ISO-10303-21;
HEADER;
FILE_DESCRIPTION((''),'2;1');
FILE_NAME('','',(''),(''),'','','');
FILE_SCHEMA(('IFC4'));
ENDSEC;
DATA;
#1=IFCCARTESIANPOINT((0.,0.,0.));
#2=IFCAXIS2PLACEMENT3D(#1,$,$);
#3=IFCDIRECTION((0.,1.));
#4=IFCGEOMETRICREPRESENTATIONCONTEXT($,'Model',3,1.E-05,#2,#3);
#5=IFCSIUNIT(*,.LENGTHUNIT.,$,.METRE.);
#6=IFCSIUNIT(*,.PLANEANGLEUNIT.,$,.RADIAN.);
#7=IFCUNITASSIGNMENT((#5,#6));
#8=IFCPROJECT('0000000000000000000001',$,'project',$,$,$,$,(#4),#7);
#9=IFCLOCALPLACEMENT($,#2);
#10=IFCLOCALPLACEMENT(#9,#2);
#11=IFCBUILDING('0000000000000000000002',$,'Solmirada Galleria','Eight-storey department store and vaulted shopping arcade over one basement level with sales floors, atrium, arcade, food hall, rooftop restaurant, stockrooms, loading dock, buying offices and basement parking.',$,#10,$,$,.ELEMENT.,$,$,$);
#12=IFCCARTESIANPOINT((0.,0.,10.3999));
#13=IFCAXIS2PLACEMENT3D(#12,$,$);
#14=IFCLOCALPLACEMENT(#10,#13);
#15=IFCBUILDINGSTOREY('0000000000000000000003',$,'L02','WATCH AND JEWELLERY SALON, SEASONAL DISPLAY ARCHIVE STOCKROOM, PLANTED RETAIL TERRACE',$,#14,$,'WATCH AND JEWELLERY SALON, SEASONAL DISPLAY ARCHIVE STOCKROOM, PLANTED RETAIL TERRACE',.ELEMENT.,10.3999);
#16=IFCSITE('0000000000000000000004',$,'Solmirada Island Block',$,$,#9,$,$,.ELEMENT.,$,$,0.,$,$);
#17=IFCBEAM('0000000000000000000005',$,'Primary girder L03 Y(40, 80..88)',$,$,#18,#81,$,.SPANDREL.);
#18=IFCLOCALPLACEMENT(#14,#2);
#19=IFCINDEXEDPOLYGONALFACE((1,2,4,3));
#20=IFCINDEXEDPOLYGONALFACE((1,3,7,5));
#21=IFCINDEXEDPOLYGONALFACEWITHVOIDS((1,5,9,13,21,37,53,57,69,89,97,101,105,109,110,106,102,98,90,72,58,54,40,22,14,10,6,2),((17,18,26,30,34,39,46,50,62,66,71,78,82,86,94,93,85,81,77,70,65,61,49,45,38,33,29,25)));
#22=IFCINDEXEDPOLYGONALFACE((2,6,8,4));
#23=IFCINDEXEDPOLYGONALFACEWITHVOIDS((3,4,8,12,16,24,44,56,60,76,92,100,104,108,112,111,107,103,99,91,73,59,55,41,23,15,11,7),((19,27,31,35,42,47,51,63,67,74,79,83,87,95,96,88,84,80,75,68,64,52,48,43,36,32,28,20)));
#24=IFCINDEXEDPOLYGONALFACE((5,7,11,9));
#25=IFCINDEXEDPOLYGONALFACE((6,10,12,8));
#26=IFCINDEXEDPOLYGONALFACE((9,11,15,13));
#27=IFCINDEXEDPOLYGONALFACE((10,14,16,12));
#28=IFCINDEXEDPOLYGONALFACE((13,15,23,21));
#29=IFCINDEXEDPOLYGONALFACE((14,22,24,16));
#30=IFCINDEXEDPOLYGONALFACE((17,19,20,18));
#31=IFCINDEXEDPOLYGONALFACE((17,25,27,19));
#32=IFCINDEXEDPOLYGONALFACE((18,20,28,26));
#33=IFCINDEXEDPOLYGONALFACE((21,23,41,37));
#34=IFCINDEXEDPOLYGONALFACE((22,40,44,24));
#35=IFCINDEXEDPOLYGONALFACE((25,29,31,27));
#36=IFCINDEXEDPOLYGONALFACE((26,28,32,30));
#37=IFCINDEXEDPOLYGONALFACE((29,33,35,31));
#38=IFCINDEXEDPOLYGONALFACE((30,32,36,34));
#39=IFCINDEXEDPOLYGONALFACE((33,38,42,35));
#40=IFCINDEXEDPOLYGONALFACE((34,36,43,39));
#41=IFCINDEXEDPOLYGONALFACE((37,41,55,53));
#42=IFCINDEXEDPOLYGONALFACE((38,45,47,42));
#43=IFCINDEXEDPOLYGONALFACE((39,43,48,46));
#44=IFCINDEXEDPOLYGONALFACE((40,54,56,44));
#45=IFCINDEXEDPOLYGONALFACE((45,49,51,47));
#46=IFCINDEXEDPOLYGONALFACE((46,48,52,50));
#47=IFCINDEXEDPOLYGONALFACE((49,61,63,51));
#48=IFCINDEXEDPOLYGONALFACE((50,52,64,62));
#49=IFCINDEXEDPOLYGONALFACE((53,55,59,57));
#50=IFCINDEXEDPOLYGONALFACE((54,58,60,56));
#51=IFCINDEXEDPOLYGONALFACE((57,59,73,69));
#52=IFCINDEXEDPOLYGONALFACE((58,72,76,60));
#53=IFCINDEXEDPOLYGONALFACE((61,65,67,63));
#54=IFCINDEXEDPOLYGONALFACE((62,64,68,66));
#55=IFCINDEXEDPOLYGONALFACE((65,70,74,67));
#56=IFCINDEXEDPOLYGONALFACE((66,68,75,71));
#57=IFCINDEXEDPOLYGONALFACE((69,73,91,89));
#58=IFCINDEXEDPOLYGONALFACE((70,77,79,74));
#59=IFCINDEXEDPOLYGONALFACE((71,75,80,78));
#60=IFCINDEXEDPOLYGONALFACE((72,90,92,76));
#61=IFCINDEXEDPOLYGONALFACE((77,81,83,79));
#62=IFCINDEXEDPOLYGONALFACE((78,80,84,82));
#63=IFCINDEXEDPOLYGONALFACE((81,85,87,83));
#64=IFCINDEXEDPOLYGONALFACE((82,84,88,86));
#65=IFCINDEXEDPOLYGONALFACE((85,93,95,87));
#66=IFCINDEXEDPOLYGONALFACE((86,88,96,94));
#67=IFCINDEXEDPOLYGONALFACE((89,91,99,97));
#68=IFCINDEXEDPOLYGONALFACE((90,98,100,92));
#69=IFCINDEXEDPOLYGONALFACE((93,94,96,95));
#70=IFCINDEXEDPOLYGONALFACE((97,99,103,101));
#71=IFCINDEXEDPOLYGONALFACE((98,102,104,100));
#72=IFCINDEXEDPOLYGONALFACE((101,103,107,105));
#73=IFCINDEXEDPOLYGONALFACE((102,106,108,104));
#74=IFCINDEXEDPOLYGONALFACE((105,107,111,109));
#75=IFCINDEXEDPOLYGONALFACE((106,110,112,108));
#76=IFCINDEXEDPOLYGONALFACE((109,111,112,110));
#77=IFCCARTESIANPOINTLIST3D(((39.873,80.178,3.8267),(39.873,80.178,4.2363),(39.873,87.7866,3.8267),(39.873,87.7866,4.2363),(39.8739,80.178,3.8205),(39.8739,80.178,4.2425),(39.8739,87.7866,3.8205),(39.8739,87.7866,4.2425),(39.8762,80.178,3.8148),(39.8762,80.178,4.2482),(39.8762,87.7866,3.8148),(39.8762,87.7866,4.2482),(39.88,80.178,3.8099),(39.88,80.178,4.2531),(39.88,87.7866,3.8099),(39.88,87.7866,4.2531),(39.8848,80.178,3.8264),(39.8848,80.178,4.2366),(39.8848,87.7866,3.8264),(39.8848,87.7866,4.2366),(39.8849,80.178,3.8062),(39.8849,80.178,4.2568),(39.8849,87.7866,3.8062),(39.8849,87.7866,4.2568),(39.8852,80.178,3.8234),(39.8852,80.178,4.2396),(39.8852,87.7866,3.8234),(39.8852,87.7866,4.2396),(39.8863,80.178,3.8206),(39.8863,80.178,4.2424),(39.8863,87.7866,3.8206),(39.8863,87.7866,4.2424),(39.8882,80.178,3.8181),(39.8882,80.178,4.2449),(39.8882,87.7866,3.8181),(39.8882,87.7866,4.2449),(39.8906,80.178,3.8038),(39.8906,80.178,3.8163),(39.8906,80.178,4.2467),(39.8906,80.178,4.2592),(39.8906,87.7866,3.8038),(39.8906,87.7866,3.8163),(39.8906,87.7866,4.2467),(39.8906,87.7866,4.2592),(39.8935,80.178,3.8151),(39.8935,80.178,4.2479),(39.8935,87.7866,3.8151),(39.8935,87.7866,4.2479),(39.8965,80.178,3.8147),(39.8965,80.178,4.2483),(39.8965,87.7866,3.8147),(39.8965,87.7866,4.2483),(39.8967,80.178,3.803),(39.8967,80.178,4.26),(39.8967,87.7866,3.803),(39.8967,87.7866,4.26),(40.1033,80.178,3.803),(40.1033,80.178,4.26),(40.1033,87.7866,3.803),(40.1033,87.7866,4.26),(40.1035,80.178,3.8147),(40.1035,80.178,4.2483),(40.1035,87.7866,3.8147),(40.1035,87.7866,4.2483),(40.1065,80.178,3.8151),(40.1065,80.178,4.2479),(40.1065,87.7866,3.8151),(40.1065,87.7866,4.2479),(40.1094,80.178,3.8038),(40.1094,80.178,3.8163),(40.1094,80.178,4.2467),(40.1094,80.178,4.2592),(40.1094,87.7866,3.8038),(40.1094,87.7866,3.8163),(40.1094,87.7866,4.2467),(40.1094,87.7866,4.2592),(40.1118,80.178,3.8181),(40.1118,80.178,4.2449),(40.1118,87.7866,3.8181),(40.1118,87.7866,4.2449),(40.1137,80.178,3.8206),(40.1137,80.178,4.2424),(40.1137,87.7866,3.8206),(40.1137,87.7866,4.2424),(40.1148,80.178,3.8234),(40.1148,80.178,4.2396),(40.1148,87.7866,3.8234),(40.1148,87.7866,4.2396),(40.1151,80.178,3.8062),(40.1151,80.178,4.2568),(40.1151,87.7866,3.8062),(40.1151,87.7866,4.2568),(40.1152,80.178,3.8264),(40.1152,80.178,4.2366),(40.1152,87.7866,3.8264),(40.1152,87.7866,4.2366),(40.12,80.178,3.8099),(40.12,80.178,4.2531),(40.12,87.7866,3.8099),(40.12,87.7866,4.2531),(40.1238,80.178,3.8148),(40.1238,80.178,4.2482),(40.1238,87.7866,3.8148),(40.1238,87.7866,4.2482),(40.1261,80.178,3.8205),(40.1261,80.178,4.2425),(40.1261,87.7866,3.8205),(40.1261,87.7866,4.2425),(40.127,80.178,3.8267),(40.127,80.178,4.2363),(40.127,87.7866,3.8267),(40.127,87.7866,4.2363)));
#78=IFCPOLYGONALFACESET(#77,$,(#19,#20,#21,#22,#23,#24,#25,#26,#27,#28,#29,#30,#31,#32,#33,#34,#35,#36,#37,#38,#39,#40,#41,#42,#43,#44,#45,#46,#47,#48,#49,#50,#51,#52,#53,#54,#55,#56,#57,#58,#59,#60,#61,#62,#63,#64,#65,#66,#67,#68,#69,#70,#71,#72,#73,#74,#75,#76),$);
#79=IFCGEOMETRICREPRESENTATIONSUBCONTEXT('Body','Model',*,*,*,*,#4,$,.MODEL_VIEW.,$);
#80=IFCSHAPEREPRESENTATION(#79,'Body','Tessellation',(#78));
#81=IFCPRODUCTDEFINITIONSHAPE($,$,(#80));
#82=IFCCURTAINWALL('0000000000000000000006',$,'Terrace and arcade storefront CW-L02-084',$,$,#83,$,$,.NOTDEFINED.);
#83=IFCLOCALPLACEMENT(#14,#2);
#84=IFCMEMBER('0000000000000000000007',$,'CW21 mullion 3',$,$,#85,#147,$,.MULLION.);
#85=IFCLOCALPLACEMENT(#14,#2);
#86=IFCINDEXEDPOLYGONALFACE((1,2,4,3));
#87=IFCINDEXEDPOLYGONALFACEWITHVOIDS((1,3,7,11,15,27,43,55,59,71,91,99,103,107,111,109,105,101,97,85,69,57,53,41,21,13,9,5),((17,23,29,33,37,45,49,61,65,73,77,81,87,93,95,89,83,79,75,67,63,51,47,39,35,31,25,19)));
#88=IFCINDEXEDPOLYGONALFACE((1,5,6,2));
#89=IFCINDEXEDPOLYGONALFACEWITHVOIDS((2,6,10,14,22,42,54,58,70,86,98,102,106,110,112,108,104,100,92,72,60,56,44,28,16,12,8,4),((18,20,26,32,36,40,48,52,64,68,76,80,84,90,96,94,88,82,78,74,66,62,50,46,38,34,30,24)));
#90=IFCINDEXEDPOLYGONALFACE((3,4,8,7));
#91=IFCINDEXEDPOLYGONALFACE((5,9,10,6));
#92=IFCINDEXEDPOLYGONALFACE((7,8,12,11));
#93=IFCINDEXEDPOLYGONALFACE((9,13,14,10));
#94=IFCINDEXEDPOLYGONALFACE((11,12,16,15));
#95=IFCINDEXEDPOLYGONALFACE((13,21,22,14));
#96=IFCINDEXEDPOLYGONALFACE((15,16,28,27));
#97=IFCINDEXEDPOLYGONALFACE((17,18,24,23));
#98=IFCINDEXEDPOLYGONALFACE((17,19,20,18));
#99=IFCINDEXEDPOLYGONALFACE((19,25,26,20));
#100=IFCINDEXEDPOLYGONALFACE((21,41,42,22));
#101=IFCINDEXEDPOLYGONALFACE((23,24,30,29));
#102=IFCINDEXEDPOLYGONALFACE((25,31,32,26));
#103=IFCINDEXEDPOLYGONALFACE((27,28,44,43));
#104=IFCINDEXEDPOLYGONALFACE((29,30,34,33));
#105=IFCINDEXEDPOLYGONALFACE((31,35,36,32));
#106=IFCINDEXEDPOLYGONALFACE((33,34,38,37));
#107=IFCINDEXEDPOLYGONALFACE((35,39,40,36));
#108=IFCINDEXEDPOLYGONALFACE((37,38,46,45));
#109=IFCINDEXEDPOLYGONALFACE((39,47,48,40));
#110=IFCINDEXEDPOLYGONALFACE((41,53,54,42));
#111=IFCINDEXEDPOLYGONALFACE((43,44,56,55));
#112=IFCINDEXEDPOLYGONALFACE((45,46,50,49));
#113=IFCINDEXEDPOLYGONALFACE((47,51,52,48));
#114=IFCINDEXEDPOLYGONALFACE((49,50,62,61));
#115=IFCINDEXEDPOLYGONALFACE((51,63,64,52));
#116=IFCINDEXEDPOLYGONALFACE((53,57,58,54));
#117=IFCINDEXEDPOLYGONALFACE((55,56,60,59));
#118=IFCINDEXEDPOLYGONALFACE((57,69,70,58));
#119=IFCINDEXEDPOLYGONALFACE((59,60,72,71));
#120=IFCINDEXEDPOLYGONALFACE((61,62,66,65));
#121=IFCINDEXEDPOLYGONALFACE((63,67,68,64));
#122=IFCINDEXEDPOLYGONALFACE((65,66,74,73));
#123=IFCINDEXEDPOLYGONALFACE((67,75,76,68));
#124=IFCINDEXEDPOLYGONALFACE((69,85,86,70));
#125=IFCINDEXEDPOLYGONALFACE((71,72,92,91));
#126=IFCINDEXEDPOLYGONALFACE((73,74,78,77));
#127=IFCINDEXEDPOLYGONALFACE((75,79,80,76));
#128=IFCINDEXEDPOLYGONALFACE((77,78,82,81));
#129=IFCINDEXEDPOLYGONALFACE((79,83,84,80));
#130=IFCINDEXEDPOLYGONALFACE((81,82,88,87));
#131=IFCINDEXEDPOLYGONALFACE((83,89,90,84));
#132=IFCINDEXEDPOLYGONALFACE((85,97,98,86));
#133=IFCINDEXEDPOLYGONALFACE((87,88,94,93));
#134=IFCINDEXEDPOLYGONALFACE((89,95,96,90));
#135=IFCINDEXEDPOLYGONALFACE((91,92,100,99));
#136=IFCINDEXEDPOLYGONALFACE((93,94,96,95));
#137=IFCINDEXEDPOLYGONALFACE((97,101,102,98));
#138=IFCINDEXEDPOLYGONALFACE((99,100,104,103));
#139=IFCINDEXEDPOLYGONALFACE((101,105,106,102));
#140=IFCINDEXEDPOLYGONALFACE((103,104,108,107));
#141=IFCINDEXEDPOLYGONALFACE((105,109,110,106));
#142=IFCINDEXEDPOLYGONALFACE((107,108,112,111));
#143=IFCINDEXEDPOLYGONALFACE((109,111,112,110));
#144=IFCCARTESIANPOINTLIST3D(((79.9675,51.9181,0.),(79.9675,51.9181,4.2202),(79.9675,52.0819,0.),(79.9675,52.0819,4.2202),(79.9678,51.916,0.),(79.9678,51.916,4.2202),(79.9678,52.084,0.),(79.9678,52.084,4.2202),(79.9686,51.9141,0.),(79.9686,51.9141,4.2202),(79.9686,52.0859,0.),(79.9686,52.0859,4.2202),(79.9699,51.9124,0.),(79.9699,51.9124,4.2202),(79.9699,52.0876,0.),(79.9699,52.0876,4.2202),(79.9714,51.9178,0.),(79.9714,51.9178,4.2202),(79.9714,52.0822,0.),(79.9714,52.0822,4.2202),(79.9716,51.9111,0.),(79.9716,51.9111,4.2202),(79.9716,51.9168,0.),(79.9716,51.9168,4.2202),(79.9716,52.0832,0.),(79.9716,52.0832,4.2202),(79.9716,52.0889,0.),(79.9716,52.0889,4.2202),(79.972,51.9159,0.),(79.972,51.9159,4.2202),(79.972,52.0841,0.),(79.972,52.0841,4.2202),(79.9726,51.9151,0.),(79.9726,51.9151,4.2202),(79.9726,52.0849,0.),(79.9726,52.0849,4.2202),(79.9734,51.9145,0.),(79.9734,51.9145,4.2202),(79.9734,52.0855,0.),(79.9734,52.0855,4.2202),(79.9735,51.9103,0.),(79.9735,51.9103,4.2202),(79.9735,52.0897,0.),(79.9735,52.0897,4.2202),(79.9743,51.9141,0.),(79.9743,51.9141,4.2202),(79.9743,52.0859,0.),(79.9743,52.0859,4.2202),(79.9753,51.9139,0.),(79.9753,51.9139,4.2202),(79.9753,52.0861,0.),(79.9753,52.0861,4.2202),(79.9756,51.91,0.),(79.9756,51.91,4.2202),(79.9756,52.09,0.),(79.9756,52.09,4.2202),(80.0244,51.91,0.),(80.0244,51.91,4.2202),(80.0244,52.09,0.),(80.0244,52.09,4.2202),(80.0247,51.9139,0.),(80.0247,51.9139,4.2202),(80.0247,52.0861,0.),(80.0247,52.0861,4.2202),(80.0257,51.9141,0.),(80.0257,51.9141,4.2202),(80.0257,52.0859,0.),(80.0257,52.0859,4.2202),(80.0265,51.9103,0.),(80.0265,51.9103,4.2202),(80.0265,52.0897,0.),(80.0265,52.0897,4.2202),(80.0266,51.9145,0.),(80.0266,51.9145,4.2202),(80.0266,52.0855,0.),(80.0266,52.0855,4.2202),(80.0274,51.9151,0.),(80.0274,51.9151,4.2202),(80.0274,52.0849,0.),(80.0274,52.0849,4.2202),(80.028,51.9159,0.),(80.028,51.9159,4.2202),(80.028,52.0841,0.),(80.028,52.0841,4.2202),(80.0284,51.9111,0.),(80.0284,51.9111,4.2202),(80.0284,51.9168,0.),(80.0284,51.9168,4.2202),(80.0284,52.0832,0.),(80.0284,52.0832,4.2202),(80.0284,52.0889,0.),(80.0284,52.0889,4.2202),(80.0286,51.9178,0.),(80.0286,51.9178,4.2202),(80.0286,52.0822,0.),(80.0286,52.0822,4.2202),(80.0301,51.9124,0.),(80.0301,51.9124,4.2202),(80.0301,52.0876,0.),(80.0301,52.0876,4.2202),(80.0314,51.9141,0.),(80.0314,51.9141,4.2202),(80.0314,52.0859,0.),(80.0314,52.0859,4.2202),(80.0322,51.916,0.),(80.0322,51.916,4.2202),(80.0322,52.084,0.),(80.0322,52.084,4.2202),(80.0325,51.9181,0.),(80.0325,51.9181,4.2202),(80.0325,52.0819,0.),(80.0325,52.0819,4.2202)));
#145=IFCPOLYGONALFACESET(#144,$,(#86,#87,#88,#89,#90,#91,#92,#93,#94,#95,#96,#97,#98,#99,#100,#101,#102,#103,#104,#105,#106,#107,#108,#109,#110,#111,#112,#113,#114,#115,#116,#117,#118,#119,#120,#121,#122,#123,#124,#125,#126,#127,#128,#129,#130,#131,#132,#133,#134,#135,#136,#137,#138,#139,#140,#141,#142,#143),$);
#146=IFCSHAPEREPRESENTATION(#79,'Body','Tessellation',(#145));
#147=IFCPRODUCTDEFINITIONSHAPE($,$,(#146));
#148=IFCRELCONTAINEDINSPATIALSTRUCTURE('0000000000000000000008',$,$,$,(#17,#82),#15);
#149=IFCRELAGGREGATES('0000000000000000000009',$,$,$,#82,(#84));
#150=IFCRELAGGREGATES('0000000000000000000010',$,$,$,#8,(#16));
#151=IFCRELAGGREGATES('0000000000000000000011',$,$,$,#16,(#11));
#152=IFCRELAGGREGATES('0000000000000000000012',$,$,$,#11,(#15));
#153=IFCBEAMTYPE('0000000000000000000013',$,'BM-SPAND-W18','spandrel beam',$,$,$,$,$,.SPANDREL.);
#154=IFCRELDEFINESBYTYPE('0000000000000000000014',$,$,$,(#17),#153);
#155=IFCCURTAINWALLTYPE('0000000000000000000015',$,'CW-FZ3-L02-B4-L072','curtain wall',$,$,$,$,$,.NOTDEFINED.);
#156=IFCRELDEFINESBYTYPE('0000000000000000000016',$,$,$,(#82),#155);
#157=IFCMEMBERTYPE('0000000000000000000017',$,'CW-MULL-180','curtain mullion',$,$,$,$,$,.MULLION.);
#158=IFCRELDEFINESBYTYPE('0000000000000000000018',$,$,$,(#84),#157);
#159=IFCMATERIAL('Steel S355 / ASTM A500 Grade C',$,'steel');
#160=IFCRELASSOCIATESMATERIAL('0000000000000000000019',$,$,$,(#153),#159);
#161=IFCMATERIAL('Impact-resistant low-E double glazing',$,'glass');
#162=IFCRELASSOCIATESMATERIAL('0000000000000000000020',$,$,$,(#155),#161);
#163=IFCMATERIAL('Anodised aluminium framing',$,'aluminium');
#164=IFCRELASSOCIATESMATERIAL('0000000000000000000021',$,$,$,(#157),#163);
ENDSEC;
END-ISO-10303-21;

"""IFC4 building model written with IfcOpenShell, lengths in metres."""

from ifc_helpers import new_model, si_unit, direction, frame, origin, origin_2d, place, context, subcontext, project, spatial, hollow_rectangle, extrude, material, material_profile, profile_set, type_object, element, aggregate, save


model = new_model("IFC4")

# Units and contexts
model_context = context("Model", 3, precision=1e-05, world=origin(), true_north=direction((0.0, 1.0)))
body_context = subcontext(model_context, "Body", "Model", "MODEL_VIEW")
ifc_project = project(units=[si_unit("LENGTHUNIT", "METRE"), si_unit("PLANEANGLEUNIT", "RADIAN")], contexts=[model_context])

# Site, building, storey
site_placement = place(None, origin())
site = spatial("IfcSite", under=ifc_project, at=site_placement, Name="Solmirada Island Block", CompositionType="ELEMENT", RefElevation=0.0)
building_placement = place(site_placement, origin())
building = spatial("IfcBuilding", under=site, at=building_placement, Name="Solmirada Galleria", Description="Eight-storey department store and vaulted shopping arcade over one basement level with sales floors, atrium, arcade, food hall, rooftop restaurant, stockrooms, loading dock, buying offices and basement parking.", CompositionType="ELEMENT")
storey_placement = place(building_placement, frame((0.0, 0.0, 10.3999)))
storey = spatial("IfcBuildingStorey", under=building, at=storey_placement, Name="L02", Description="WATCH AND JEWELLERY SALON, SEASONAL DISPLAY ARCHIVE STOCKROOM, PLANTED RETAIL TERRACE", LongName="WATCH AND JEWELLERY SALON, SEASONAL DISPLAY ARCHIVE STOCKROOM, PLANTED RETAIL TERRACE", CompositionType="ELEMENT", Elevation=10.3999)

# Shared definitions
ifc_material_1 = material(Name="Steel S355 / ASTM A500 Grade C", Category="steel")

# Beam
ifc_material_profile_1 = material_profile(ifc_material_1, hollow_rectangle(XDim=0.2539, YDim=0.457, WallThickness=0.0117, InnerFilletRadius=0.0117, OuterFilletRadius=0.0237, at=origin_2d()), Name="HSS18X10X1/2")
ifc_profile_set_1 = profile_set([ifc_material_profile_1], Name="Steel S355 / ASTM A500 Grade C")
beam_type_1 = type_object("IfcBeamType", Name="BM-SPAND-W18", Description="spandrel beam", PredefinedType="SPANDREL", material=ifc_profile_set_1)
beam_placement = place(storey_placement, frame((40.0, 80.178, 4.0315), z_axis=(0.0, 1.0, 0.0), x_axis=(-1.0, 0.0, 0.0)))
element("IfcBeam", 1, at=beam_placement, inside=storey, type_object=beam_type_1, Name="Primary girder L03 Y(40, 80..88)", PredefinedType="SPANDREL", context=body_context, shape_type="SweptSolid", body=[
    extrude(hollow_rectangle(XDim=0.2539, YDim=0.457, WallThickness=0.0117, InnerFilletRadius=0.0117, OuterFilletRadius=0.0237, at=origin_2d()), origin(), (0.0, 0.0, 1.0), 7.6086),
])

# Curtain wall, member
ifc_material_2 = material(Name="Impact-resistant low-E double glazing", Category="glass")
curtain_wall_type_1 = type_object("IfcCurtainWallType", Name="CW-FZ3-L02-B4-L072", Description="curtain wall", PredefinedType="NOTDEFINED", material=ifc_material_2)
curtain_wall_1_placement = place(storey_placement, origin())
curtain_wall_1 = element("IfcCurtainWall", 2, at=curtain_wall_1_placement, inside=storey, type_object=curtain_wall_type_1, Name="Terrace and arcade storefront CW-L02-084", PredefinedType="NOTDEFINED")
ifc_material_3 = material(Name="Anodised aluminium framing", Category="aluminium")
ifc_material_profile_2 = material_profile(ifc_material_3, hollow_rectangle(XDim=0.0649, YDim=0.1799, WallThickness=0.0039, InnerFilletRadius=0.0039, OuterFilletRadius=0.0081, at=origin_2d()), Name="ALU-MULL-180X65")
ifc_profile_set_2 = profile_set([ifc_material_profile_2], Name="Anodised aluminium framing")
member_type_1 = type_object("IfcMemberType", Name="CW-MULL-180", Description="curtain mullion", PredefinedType="MULLION", material=ifc_profile_set_2)
member_1_placement = place(storey_placement, frame((80.0, 52.0, 0.0), z_axis=(0.0, 0.0, 1.0), x_axis=(-1.0, 0.0, 0.0)))
member_1 = element("IfcMember", 3, at=member_1_placement, type_object=member_type_1, Name="CW21 mullion 3", PredefinedType="MULLION", context=body_context, shape_type="SweptSolid", body=[
    extrude(hollow_rectangle(XDim=0.0649, YDim=0.1799, WallThickness=0.0039, InnerFilletRadius=0.0039, OuterFilletRadius=0.0081, at=origin_2d()), origin(), (0.0, 0.0, 1.0), 4.2202),
])

aggregate(curtain_wall_1, [member_1])

save(model, "model.ifc")
